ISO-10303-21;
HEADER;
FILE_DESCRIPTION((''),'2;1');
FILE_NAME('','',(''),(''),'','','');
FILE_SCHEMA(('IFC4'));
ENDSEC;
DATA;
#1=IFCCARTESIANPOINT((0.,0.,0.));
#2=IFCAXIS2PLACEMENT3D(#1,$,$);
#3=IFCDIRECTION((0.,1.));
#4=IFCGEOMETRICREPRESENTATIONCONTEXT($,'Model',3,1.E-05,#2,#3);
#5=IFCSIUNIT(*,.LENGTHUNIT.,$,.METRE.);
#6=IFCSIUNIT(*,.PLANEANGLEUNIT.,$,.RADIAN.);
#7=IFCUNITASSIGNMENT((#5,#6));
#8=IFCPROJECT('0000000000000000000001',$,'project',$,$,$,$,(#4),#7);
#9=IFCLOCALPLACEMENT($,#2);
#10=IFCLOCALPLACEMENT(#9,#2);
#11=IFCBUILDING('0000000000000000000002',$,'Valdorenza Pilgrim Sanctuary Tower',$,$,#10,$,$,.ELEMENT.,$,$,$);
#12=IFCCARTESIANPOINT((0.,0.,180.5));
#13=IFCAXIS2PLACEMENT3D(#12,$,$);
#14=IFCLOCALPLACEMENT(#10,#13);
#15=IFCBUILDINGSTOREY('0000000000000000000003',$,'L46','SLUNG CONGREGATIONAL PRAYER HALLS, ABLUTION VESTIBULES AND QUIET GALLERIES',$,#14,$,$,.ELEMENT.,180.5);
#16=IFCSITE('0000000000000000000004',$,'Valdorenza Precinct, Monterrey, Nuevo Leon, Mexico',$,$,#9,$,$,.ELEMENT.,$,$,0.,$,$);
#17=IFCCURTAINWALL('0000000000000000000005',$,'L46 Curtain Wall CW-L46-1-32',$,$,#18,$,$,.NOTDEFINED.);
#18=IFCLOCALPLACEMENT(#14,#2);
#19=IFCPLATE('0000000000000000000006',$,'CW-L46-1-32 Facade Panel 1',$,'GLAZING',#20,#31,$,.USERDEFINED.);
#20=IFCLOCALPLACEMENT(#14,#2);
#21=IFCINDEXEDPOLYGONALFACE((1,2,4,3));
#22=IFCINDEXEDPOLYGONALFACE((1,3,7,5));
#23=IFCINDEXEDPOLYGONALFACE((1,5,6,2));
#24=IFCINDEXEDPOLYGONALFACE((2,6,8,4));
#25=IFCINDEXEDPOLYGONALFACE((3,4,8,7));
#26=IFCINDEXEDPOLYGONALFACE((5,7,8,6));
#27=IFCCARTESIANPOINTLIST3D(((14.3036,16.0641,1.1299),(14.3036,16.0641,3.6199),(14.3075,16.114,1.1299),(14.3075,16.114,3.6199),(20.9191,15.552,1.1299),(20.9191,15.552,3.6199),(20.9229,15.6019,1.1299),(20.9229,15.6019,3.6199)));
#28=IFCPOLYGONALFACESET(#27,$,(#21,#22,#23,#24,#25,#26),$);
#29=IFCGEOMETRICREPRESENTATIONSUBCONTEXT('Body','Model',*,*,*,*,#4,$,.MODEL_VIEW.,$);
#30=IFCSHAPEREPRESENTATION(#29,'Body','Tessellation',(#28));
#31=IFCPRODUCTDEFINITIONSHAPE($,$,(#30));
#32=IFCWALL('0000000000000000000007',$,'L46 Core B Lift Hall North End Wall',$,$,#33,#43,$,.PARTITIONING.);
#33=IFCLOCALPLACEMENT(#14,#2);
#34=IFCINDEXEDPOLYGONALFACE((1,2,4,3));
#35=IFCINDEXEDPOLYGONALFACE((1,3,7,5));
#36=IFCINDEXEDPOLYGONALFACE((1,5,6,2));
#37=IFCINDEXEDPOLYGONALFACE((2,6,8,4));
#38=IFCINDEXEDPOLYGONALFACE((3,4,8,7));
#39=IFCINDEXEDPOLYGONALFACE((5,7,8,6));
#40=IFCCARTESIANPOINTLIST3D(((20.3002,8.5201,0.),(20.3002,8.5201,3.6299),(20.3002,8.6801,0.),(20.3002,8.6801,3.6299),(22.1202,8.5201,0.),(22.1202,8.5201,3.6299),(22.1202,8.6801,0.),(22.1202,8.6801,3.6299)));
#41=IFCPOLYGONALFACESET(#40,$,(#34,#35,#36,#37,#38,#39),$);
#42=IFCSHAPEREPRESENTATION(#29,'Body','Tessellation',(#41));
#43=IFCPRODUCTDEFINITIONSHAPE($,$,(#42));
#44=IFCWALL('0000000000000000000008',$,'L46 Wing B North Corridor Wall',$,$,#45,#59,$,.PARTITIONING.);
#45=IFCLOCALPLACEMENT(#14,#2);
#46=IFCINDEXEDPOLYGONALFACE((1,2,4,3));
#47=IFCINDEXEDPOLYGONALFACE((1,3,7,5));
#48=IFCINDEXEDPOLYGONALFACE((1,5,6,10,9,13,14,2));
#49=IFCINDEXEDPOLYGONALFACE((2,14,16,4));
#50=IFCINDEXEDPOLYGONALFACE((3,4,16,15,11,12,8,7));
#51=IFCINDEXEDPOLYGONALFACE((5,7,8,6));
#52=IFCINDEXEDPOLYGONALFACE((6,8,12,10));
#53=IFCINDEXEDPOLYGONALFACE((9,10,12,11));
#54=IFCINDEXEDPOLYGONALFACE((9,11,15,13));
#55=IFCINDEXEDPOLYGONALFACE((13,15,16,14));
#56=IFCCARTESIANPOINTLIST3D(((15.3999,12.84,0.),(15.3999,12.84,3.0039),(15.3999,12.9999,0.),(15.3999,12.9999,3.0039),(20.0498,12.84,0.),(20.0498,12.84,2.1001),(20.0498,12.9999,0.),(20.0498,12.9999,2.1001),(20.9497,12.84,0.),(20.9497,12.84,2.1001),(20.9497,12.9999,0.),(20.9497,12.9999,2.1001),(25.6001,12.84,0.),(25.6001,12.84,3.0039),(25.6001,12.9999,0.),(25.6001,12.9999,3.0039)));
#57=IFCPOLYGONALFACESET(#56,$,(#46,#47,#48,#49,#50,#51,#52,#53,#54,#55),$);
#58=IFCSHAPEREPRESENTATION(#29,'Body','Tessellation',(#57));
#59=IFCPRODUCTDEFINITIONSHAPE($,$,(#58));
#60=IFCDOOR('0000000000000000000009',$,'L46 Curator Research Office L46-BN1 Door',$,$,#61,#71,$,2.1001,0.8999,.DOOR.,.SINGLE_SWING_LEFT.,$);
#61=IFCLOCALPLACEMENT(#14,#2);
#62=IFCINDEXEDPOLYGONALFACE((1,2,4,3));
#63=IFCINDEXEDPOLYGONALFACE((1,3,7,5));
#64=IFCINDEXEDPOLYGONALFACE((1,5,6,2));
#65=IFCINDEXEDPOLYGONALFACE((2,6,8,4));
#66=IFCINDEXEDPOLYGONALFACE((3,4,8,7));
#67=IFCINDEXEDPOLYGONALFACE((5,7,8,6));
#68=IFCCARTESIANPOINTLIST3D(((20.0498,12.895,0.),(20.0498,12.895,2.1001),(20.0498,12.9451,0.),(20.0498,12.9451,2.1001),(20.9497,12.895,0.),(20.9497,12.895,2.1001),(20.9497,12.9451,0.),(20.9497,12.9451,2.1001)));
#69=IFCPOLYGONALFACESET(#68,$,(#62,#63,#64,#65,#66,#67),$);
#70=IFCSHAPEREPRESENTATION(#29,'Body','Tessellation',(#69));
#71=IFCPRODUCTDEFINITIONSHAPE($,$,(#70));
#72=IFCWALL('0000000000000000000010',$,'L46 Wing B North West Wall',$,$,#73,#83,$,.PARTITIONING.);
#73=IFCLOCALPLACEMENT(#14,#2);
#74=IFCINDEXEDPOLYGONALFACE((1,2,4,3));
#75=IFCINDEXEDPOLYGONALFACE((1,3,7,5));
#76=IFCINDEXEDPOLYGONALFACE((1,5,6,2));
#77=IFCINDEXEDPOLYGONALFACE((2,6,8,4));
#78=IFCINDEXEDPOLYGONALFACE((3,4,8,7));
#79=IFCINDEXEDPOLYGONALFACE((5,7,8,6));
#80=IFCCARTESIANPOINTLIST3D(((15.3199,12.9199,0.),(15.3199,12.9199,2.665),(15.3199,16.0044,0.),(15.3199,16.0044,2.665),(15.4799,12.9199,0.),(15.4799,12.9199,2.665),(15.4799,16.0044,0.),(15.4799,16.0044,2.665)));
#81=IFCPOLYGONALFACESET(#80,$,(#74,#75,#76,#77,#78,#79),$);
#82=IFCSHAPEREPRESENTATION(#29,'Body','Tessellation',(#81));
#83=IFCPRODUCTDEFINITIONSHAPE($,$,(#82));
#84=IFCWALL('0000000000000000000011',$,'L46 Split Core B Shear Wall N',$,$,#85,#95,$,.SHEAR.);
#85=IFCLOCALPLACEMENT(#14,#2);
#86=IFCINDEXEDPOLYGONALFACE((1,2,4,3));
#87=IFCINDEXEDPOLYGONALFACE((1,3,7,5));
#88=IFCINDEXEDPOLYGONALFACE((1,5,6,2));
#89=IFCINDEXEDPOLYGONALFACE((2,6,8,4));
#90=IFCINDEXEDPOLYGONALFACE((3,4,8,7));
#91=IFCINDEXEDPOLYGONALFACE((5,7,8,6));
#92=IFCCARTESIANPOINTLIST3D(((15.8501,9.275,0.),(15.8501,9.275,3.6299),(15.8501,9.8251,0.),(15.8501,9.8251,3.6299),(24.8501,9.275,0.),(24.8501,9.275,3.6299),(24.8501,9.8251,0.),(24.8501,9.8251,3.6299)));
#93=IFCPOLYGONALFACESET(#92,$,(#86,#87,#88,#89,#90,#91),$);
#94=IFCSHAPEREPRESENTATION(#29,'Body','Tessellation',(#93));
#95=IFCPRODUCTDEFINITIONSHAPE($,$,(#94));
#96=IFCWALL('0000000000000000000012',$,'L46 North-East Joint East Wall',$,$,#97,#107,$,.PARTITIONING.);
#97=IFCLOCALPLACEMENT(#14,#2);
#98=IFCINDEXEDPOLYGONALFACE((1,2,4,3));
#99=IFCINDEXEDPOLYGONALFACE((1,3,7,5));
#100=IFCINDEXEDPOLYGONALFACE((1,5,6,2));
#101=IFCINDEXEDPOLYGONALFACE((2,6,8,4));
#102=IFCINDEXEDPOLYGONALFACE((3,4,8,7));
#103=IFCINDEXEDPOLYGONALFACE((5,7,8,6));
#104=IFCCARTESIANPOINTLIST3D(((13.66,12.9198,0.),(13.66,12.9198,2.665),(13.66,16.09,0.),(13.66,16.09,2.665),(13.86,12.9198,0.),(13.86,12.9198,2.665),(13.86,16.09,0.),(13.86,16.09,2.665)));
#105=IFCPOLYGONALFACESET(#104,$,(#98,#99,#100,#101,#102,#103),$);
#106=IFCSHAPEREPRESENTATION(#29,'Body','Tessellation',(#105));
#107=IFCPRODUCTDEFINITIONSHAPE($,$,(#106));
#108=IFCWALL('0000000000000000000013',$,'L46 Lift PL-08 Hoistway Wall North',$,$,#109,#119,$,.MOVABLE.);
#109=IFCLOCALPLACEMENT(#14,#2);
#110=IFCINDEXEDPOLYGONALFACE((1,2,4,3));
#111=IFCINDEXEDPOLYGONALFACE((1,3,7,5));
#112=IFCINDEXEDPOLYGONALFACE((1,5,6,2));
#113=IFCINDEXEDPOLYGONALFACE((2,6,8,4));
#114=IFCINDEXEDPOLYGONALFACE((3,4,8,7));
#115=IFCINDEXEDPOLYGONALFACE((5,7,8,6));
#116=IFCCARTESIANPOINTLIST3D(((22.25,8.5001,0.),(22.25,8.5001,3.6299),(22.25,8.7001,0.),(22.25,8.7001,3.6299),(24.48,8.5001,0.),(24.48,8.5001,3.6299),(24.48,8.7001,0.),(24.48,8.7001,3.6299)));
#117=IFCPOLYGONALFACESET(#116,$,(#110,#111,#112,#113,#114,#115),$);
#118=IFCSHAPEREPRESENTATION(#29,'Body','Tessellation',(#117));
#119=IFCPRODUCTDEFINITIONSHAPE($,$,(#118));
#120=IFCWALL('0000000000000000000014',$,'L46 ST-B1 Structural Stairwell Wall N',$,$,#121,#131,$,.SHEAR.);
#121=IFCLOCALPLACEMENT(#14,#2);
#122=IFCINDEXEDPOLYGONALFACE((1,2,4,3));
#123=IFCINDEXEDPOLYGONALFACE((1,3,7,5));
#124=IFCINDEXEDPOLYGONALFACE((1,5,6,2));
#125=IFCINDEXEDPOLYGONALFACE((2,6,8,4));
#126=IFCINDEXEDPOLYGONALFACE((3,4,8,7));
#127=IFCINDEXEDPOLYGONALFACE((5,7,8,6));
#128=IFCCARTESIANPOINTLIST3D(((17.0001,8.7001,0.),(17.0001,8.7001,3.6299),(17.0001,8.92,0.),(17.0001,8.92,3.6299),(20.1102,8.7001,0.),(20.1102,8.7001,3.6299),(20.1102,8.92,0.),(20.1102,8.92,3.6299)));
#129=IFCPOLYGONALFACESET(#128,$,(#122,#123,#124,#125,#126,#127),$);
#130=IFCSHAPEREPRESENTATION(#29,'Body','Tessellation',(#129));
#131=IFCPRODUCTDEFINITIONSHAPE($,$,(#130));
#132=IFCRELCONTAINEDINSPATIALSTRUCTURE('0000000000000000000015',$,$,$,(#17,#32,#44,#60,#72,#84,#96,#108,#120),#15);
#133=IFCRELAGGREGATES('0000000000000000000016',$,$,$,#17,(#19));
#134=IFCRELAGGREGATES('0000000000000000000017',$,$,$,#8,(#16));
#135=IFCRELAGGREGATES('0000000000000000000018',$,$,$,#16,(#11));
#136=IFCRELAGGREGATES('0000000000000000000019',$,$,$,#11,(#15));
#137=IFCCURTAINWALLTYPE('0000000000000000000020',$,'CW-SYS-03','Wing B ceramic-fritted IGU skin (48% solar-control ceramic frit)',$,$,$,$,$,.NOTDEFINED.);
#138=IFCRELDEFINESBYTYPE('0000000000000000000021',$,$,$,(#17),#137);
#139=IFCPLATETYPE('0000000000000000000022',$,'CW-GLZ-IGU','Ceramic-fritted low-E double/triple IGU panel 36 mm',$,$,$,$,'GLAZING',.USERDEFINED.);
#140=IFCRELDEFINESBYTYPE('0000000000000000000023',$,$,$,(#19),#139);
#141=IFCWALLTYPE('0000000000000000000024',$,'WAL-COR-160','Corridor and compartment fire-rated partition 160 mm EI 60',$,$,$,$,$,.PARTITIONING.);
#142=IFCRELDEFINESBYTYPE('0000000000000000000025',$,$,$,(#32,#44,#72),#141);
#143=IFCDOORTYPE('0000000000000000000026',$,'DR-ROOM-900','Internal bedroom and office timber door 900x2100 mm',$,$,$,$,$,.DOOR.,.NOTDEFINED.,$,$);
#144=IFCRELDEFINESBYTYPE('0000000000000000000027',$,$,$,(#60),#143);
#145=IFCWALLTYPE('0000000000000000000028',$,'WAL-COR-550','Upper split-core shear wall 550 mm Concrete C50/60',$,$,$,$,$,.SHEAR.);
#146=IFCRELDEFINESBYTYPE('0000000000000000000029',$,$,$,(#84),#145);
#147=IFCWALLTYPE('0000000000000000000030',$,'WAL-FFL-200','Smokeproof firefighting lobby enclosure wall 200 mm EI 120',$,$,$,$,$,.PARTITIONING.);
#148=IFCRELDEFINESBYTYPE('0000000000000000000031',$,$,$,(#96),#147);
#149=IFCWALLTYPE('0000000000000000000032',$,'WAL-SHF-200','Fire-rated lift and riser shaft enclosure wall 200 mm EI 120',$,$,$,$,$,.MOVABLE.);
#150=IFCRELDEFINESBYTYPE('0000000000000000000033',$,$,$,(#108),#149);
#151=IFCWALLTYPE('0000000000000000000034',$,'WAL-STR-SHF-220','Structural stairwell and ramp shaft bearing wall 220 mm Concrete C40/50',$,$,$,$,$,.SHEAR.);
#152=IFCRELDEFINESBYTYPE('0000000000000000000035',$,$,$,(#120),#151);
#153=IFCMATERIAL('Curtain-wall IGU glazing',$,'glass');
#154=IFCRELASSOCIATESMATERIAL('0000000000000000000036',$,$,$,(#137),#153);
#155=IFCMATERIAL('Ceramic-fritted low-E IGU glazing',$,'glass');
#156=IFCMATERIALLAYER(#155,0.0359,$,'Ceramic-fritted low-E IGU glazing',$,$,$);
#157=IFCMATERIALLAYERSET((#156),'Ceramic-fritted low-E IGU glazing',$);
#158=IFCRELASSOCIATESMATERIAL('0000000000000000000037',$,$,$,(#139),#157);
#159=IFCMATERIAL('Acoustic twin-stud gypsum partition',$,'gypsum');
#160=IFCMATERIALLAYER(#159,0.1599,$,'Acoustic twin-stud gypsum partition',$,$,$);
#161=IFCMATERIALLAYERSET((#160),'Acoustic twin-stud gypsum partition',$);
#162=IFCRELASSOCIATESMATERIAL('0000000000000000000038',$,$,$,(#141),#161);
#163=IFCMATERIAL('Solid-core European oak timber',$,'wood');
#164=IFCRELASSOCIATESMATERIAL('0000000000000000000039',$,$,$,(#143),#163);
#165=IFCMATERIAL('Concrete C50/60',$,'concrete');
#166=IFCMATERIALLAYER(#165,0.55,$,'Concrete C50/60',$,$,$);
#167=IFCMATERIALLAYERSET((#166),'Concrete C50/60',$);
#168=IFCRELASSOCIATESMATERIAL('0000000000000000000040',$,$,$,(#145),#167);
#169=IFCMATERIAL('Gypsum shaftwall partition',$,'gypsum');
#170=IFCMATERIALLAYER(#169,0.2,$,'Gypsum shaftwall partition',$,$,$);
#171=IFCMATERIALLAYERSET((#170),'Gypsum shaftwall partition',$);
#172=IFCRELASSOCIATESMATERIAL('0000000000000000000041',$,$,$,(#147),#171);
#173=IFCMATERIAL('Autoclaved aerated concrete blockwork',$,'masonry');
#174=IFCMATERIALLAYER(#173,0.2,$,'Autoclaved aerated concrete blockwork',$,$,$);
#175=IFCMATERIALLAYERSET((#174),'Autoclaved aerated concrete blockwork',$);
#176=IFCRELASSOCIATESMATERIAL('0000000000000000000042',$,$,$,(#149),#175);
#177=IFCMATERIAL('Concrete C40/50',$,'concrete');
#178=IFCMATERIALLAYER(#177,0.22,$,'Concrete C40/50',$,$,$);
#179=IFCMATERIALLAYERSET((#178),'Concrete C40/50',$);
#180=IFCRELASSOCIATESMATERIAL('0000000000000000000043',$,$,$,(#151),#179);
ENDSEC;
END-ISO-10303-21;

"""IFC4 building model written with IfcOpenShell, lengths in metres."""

from ifc_helpers import new_model, si_unit, direction, frame, frame_2d, origin, origin_2d, place, context, subcontext, project, spatial, rectangle, extrude, source, transform, mapped, material, layer, layer_set, type_object, element, fill, aggregate, save


model = new_model("IFC4")

# Units and contexts
model_context = context("Model", 3, precision=1e-05, world=origin(), true_north=direction((0.0, 1.0)))
body_context = subcontext(model_context, "Body", "Model", "MODEL_VIEW")
ifc_project = project(units=[si_unit("LENGTHUNIT", "METRE"), si_unit("PLANEANGLEUNIT", "RADIAN")], contexts=[model_context])

# Site, building, storey
site_placement = place(None, origin())
site = spatial("IfcSite", under=ifc_project, at=site_placement, Name="Valdorenza Precinct, Monterrey, Nuevo Leon, Mexico", CompositionType="ELEMENT", RefElevation=0.0)
building_placement = place(site_placement, origin())
building = spatial("IfcBuilding", under=site, at=building_placement, Name="Valdorenza Pilgrim Sanctuary Tower", CompositionType="ELEMENT")
storey_placement = place(building_placement, frame((0.0, 0.0, 180.5)))
storey = spatial("IfcBuildingStorey", under=building, at=storey_placement, Name="L46", Description="SLUNG CONGREGATIONAL PRAYER HALLS, ABLUTION VESTIBULES AND QUIET GALLERIES", CompositionType="ELEMENT", Elevation=180.5)

# Shared definitions
ifc_material_1 = material(Name="Concrete C50/60", Category="concrete")

# Curtain wall
ifc_material_2 = material(Name="Curtain-wall IGU glazing", Category="glass")
curtain_wall_type_1 = type_object("IfcCurtainWallType", Name="CW-SYS-03", Description="Wing B ceramic-fritted IGU skin (48% solar-control ceramic frit)", PredefinedType="NOTDEFINED", material=ifc_material_2)
curtain_wall_1_placement = place(storey_placement, origin())
curtain_wall_1 = element("IfcCurtainWall", 1, at=curtain_wall_1_placement, inside=storey, type_object=curtain_wall_type_1, Name="L46 Curtain Wall CW-L46-1-32", PredefinedType="NOTDEFINED")

# Plate
ifc_material_3 = material(Name="Ceramic-fritted low-E IGU glazing", Category="glass")
ifc_layer_1 = layer(ifc_material_3, 0.0359, Name="Ceramic-fritted low-E IGU glazing")
ifc_layer_set_1 = layer_set([ifc_layer_1], Name="Ceramic-fritted low-E IGU glazing")
plate_type_1 = type_object("IfcPlateType", Name="CW-GLZ-IGU", Description="Ceramic-fritted low-E double/triple IGU panel 36 mm", ElementType="GLAZING", PredefinedType="USERDEFINED", material=ifc_layer_set_1)
shared_shape_1 = source(origin(), body_context, "Body", "SweptSolid", [
    extrude(rectangle(XDim=6.6353, YDim=0.05, at=origin_2d()), origin(), (0.0, 0.0, 1.0), 2.49),
])
plate_1_placement = place(storey_placement, frame((17.6133, 15.833, 1.1299), z_axis=(0.0, 0.0, 1.0), x_axis=(0.997016, -0.077189, 0.0)))
plate_1 = element("IfcPlate", 2, at=plate_1_placement, type_object=plate_type_1, Name="CW-L46-1-32 Facade Panel 1", ObjectType="GLAZING", PredefinedType="USERDEFINED", context=body_context, shape_type="MappedRepresentation", body=[
    mapped(shared_shape_1, transform((0.0, 0.0, 0.0), x_axis=(1.0, 0.0, 0.0), y_axis=(0.0, 1.0, 0.0), z_axis=(0.0, 0.0, 1.0), scale=1.0)),
])
aggregate(curtain_wall_1, [plate_1])

# Wall
ifc_material_4 = material(Name="Acoustic twin-stud gypsum partition", Category="gypsum")
ifc_layer_2 = layer(ifc_material_4, 0.1599, Name="Acoustic twin-stud gypsum partition")
ifc_layer_set_2 = layer_set([ifc_layer_2], Name="Acoustic twin-stud gypsum partition")
wall_type_1 = type_object("IfcWallType", Name="WAL-COR-160", Description="Corridor and compartment fire-rated partition 160 mm EI 60", PredefinedType="PARTITIONING", material=ifc_layer_set_2)
wall_1_placement = place(storey_placement, frame((20.3, 8.6001, 0.0), z_axis=(0.0, 0.0, 1.0), x_axis=(1.0, 0.0, 0.0)))
element("IfcWall", 3, at=wall_1_placement, inside=storey, type_object=wall_type_1, Name="L46 Core B Lift Hall North End Wall", PredefinedType="PARTITIONING", context=body_context, shape_type="SweptSolid", body=[
    extrude(rectangle(XDim=1.8201, YDim=0.1599, at=frame_2d((0.9102, 0.0))), origin(), (0.0, 0.0, 1.0), 3.6299),
])

# Wall, opening, door
wall_2_placement = place(storey_placement, frame((15.3999, 12.9199, 0.0), z_axis=(0.0, 0.0, 1.0), x_axis=(1.0, 0.0, 0.0)))
wall_2 = element("IfcWall", 4, at=wall_2_placement, inside=storey, type_object=wall_type_1, Name="L46 Wing B North Corridor Wall", PredefinedType="PARTITIONING", context=body_context, shape_type="SweptSolid", body=[
    extrude(rectangle(XDim=10.2002, YDim=0.1599, at=frame_2d((5.1001, 0.0))), origin(), (0.0, 0.0, 1.0), 3.0039),
])
opening_1_placement = place(wall_2_placement, frame((4.6499, 0.0, 0.0)))
opening_1 = element("IfcOpeningElement", 5, at=opening_1_placement, cuts=wall_2, PredefinedType="OPENING", context=body_context, shape_type="SweptSolid", body=[
    extrude(rectangle(XDim=0.8999, YDim=2.1001, at=frame_2d((0.45, 1.05))), frame((0.0, 0.0947, 0.0), z_axis=(0.0, -1.0, 0.0), x_axis=(1.0, 0.0, 0.0)), (0.0, 0.0, 1.0), 0.1897),
])
ifc_material_5 = material(Name="Solid-core European oak timber", Category="wood")
door_type_1 = type_object("IfcDoorType", Name="DR-ROOM-900", Description="Internal bedroom and office timber door 900x2100 mm", OperationType="NOTDEFINED", PredefinedType="DOOR", material=ifc_material_5)
door_1_placement = place(opening_1_placement, frame((0.8999, 0.0, 0.0), z_axis=(0.0, 0.0, 1.0), x_axis=(-1.0, 0.0, 0.0)))
door_1 = element("IfcDoor", 6, at=door_1_placement, inside=storey, type_object=door_type_1, Name="L46 Curator Research Office L46-BN1 Door", OperationType="SINGLE_SWING_LEFT", OverallHeight=2.1001, OverallWidth=0.8999, PredefinedType="DOOR", context=body_context, shape_type="SweptSolid", body=[
    extrude(rectangle(XDim=0.8999, YDim=2.1001, at=frame_2d((0.45, 1.05))), frame((0.0, 0.0249, 0.0), z_axis=(0.0, -1.0, 0.0), x_axis=(1.0, 0.0, 0.0)), (0.0, 0.0, 1.0), 0.05),
])
fill(opening_1, door_1)

# Walls
wall_3_placement = place(storey_placement, frame((15.3999, 12.9199, 0.0), z_axis=(0.0, 0.0, 1.0), x_axis=(0.0, 1.0, 0.0)))
element("IfcWall", 7, at=wall_3_placement, inside=storey, type_object=wall_type_1, Name="L46 Wing B North West Wall", PredefinedType="PARTITIONING", context=body_context, shape_type="SweptSolid", body=[
    extrude(rectangle(XDim=3.0845, YDim=0.1599, at=frame_2d((1.5422, 0.0))), origin(), (0.0, 0.0, 1.0), 2.665),
])
ifc_layer_3 = layer(ifc_material_1, 0.55, Name="Concrete C50/60")
ifc_layer_set_3 = layer_set([ifc_layer_3], Name="Concrete C50/60")
wall_type_2 = type_object("IfcWallType", Name="WAL-COR-550", Description="Upper split-core shear wall 550 mm Concrete C50/60", PredefinedType="SHEAR", material=ifc_layer_set_3)
wall_4_placement = place(storey_placement, frame((15.8501, 9.55, 0.0), z_axis=(0.0, 0.0, 1.0), x_axis=(1.0, 0.0, 0.0)))
element("IfcWall", 8, at=wall_4_placement, inside=storey, type_object=wall_type_2, Name="L46 Split Core B Shear Wall N", PredefinedType="SHEAR", context=body_context, shape_type="SweptSolid", body=[
    extrude(rectangle(XDim=9.0, YDim=0.55, at=frame_2d((4.5, 0.0))), origin(), (0.0, 0.0, 1.0), 3.6299),
])
ifc_material_6 = material(Name="Gypsum shaftwall partition", Category="gypsum")
ifc_layer_4 = layer(ifc_material_6, 0.2, Name="Gypsum shaftwall partition")
ifc_layer_set_4 = layer_set([ifc_layer_4], Name="Gypsum shaftwall partition")
wall_type_3 = type_object("IfcWallType", Name="WAL-FFL-200", Description="Smokeproof firefighting lobby enclosure wall 200 mm EI 120", PredefinedType="PARTITIONING", material=ifc_layer_set_4)
wall_5_placement = place(storey_placement, frame((13.76, 12.9199, 0.0), z_axis=(0.0, 0.0, 1.0), x_axis=(0.0, 1.0, 0.0)))
element("IfcWall", 9, at=wall_5_placement, inside=storey, type_object=wall_type_3, Name="L46 North-East Joint East Wall", PredefinedType="PARTITIONING", context=body_context, shape_type="SweptSolid", body=[
    extrude(rectangle(XDim=3.1702, YDim=0.2, at=frame_2d((1.585, 0.0))), origin(), (0.0, 0.0, 1.0), 2.665),
])

# Walls
ifc_material_7 = material(Name="Autoclaved aerated concrete blockwork", Category="masonry")
ifc_layer_5 = layer(ifc_material_7, 0.2, Name="Autoclaved aerated concrete blockwork")
ifc_layer_set_5 = layer_set([ifc_layer_5], Name="Autoclaved aerated concrete blockwork")
wall_type_4 = type_object("IfcWallType", Name="WAL-SHF-200", Description="Fire-rated lift and riser shaft enclosure wall 200 mm EI 120", PredefinedType="MOVABLE", material=ifc_layer_set_5)
wall_6_placement = place(storey_placement, frame((22.25, 8.6001, 0.0), z_axis=(0.0, 0.0, 1.0), x_axis=(1.0, 0.0, 0.0)))
element("IfcWall", 10, at=wall_6_placement, inside=storey, type_object=wall_type_4, Name="L46 Lift PL-08 Hoistway Wall North", PredefinedType="MOVABLE", context=body_context, shape_type="SweptSolid", body=[
    extrude(rectangle(XDim=2.23, YDim=0.2, at=frame_2d((1.115, 0.0))), origin(), (0.0, 0.0, 1.0), 3.6299),
])
ifc_material_8 = material(Name="Concrete C40/50", Category="concrete")
ifc_layer_6 = layer(ifc_material_8, 0.22, Name="Concrete C40/50")
ifc_layer_set_6 = layer_set([ifc_layer_6], Name="Concrete C40/50")
wall_type_5 = type_object("IfcWallType", Name="WAL-STR-SHF-220", Description="Structural stairwell and ramp shaft bearing wall 220 mm Concrete C40/50", PredefinedType="SHEAR", material=ifc_layer_set_6)
wall_7_placement = place(storey_placement, frame((17.0, 8.8101, 0.0), z_axis=(0.0, 0.0, 1.0), x_axis=(1.0, 0.0, 0.0)))
element("IfcWall", 11, at=wall_7_placement, inside=storey, type_object=wall_type_5, Name="L46 ST-B1 Structural Stairwell Wall N", PredefinedType="SHEAR", context=body_context, shape_type="SweptSolid", body=[
    extrude(rectangle(XDim=3.1101, YDim=0.22, at=frame_2d((1.5552, 0.0))), origin(), (0.0, 0.0, 1.0), 3.6299),
])

save(model, "model.ifc")
